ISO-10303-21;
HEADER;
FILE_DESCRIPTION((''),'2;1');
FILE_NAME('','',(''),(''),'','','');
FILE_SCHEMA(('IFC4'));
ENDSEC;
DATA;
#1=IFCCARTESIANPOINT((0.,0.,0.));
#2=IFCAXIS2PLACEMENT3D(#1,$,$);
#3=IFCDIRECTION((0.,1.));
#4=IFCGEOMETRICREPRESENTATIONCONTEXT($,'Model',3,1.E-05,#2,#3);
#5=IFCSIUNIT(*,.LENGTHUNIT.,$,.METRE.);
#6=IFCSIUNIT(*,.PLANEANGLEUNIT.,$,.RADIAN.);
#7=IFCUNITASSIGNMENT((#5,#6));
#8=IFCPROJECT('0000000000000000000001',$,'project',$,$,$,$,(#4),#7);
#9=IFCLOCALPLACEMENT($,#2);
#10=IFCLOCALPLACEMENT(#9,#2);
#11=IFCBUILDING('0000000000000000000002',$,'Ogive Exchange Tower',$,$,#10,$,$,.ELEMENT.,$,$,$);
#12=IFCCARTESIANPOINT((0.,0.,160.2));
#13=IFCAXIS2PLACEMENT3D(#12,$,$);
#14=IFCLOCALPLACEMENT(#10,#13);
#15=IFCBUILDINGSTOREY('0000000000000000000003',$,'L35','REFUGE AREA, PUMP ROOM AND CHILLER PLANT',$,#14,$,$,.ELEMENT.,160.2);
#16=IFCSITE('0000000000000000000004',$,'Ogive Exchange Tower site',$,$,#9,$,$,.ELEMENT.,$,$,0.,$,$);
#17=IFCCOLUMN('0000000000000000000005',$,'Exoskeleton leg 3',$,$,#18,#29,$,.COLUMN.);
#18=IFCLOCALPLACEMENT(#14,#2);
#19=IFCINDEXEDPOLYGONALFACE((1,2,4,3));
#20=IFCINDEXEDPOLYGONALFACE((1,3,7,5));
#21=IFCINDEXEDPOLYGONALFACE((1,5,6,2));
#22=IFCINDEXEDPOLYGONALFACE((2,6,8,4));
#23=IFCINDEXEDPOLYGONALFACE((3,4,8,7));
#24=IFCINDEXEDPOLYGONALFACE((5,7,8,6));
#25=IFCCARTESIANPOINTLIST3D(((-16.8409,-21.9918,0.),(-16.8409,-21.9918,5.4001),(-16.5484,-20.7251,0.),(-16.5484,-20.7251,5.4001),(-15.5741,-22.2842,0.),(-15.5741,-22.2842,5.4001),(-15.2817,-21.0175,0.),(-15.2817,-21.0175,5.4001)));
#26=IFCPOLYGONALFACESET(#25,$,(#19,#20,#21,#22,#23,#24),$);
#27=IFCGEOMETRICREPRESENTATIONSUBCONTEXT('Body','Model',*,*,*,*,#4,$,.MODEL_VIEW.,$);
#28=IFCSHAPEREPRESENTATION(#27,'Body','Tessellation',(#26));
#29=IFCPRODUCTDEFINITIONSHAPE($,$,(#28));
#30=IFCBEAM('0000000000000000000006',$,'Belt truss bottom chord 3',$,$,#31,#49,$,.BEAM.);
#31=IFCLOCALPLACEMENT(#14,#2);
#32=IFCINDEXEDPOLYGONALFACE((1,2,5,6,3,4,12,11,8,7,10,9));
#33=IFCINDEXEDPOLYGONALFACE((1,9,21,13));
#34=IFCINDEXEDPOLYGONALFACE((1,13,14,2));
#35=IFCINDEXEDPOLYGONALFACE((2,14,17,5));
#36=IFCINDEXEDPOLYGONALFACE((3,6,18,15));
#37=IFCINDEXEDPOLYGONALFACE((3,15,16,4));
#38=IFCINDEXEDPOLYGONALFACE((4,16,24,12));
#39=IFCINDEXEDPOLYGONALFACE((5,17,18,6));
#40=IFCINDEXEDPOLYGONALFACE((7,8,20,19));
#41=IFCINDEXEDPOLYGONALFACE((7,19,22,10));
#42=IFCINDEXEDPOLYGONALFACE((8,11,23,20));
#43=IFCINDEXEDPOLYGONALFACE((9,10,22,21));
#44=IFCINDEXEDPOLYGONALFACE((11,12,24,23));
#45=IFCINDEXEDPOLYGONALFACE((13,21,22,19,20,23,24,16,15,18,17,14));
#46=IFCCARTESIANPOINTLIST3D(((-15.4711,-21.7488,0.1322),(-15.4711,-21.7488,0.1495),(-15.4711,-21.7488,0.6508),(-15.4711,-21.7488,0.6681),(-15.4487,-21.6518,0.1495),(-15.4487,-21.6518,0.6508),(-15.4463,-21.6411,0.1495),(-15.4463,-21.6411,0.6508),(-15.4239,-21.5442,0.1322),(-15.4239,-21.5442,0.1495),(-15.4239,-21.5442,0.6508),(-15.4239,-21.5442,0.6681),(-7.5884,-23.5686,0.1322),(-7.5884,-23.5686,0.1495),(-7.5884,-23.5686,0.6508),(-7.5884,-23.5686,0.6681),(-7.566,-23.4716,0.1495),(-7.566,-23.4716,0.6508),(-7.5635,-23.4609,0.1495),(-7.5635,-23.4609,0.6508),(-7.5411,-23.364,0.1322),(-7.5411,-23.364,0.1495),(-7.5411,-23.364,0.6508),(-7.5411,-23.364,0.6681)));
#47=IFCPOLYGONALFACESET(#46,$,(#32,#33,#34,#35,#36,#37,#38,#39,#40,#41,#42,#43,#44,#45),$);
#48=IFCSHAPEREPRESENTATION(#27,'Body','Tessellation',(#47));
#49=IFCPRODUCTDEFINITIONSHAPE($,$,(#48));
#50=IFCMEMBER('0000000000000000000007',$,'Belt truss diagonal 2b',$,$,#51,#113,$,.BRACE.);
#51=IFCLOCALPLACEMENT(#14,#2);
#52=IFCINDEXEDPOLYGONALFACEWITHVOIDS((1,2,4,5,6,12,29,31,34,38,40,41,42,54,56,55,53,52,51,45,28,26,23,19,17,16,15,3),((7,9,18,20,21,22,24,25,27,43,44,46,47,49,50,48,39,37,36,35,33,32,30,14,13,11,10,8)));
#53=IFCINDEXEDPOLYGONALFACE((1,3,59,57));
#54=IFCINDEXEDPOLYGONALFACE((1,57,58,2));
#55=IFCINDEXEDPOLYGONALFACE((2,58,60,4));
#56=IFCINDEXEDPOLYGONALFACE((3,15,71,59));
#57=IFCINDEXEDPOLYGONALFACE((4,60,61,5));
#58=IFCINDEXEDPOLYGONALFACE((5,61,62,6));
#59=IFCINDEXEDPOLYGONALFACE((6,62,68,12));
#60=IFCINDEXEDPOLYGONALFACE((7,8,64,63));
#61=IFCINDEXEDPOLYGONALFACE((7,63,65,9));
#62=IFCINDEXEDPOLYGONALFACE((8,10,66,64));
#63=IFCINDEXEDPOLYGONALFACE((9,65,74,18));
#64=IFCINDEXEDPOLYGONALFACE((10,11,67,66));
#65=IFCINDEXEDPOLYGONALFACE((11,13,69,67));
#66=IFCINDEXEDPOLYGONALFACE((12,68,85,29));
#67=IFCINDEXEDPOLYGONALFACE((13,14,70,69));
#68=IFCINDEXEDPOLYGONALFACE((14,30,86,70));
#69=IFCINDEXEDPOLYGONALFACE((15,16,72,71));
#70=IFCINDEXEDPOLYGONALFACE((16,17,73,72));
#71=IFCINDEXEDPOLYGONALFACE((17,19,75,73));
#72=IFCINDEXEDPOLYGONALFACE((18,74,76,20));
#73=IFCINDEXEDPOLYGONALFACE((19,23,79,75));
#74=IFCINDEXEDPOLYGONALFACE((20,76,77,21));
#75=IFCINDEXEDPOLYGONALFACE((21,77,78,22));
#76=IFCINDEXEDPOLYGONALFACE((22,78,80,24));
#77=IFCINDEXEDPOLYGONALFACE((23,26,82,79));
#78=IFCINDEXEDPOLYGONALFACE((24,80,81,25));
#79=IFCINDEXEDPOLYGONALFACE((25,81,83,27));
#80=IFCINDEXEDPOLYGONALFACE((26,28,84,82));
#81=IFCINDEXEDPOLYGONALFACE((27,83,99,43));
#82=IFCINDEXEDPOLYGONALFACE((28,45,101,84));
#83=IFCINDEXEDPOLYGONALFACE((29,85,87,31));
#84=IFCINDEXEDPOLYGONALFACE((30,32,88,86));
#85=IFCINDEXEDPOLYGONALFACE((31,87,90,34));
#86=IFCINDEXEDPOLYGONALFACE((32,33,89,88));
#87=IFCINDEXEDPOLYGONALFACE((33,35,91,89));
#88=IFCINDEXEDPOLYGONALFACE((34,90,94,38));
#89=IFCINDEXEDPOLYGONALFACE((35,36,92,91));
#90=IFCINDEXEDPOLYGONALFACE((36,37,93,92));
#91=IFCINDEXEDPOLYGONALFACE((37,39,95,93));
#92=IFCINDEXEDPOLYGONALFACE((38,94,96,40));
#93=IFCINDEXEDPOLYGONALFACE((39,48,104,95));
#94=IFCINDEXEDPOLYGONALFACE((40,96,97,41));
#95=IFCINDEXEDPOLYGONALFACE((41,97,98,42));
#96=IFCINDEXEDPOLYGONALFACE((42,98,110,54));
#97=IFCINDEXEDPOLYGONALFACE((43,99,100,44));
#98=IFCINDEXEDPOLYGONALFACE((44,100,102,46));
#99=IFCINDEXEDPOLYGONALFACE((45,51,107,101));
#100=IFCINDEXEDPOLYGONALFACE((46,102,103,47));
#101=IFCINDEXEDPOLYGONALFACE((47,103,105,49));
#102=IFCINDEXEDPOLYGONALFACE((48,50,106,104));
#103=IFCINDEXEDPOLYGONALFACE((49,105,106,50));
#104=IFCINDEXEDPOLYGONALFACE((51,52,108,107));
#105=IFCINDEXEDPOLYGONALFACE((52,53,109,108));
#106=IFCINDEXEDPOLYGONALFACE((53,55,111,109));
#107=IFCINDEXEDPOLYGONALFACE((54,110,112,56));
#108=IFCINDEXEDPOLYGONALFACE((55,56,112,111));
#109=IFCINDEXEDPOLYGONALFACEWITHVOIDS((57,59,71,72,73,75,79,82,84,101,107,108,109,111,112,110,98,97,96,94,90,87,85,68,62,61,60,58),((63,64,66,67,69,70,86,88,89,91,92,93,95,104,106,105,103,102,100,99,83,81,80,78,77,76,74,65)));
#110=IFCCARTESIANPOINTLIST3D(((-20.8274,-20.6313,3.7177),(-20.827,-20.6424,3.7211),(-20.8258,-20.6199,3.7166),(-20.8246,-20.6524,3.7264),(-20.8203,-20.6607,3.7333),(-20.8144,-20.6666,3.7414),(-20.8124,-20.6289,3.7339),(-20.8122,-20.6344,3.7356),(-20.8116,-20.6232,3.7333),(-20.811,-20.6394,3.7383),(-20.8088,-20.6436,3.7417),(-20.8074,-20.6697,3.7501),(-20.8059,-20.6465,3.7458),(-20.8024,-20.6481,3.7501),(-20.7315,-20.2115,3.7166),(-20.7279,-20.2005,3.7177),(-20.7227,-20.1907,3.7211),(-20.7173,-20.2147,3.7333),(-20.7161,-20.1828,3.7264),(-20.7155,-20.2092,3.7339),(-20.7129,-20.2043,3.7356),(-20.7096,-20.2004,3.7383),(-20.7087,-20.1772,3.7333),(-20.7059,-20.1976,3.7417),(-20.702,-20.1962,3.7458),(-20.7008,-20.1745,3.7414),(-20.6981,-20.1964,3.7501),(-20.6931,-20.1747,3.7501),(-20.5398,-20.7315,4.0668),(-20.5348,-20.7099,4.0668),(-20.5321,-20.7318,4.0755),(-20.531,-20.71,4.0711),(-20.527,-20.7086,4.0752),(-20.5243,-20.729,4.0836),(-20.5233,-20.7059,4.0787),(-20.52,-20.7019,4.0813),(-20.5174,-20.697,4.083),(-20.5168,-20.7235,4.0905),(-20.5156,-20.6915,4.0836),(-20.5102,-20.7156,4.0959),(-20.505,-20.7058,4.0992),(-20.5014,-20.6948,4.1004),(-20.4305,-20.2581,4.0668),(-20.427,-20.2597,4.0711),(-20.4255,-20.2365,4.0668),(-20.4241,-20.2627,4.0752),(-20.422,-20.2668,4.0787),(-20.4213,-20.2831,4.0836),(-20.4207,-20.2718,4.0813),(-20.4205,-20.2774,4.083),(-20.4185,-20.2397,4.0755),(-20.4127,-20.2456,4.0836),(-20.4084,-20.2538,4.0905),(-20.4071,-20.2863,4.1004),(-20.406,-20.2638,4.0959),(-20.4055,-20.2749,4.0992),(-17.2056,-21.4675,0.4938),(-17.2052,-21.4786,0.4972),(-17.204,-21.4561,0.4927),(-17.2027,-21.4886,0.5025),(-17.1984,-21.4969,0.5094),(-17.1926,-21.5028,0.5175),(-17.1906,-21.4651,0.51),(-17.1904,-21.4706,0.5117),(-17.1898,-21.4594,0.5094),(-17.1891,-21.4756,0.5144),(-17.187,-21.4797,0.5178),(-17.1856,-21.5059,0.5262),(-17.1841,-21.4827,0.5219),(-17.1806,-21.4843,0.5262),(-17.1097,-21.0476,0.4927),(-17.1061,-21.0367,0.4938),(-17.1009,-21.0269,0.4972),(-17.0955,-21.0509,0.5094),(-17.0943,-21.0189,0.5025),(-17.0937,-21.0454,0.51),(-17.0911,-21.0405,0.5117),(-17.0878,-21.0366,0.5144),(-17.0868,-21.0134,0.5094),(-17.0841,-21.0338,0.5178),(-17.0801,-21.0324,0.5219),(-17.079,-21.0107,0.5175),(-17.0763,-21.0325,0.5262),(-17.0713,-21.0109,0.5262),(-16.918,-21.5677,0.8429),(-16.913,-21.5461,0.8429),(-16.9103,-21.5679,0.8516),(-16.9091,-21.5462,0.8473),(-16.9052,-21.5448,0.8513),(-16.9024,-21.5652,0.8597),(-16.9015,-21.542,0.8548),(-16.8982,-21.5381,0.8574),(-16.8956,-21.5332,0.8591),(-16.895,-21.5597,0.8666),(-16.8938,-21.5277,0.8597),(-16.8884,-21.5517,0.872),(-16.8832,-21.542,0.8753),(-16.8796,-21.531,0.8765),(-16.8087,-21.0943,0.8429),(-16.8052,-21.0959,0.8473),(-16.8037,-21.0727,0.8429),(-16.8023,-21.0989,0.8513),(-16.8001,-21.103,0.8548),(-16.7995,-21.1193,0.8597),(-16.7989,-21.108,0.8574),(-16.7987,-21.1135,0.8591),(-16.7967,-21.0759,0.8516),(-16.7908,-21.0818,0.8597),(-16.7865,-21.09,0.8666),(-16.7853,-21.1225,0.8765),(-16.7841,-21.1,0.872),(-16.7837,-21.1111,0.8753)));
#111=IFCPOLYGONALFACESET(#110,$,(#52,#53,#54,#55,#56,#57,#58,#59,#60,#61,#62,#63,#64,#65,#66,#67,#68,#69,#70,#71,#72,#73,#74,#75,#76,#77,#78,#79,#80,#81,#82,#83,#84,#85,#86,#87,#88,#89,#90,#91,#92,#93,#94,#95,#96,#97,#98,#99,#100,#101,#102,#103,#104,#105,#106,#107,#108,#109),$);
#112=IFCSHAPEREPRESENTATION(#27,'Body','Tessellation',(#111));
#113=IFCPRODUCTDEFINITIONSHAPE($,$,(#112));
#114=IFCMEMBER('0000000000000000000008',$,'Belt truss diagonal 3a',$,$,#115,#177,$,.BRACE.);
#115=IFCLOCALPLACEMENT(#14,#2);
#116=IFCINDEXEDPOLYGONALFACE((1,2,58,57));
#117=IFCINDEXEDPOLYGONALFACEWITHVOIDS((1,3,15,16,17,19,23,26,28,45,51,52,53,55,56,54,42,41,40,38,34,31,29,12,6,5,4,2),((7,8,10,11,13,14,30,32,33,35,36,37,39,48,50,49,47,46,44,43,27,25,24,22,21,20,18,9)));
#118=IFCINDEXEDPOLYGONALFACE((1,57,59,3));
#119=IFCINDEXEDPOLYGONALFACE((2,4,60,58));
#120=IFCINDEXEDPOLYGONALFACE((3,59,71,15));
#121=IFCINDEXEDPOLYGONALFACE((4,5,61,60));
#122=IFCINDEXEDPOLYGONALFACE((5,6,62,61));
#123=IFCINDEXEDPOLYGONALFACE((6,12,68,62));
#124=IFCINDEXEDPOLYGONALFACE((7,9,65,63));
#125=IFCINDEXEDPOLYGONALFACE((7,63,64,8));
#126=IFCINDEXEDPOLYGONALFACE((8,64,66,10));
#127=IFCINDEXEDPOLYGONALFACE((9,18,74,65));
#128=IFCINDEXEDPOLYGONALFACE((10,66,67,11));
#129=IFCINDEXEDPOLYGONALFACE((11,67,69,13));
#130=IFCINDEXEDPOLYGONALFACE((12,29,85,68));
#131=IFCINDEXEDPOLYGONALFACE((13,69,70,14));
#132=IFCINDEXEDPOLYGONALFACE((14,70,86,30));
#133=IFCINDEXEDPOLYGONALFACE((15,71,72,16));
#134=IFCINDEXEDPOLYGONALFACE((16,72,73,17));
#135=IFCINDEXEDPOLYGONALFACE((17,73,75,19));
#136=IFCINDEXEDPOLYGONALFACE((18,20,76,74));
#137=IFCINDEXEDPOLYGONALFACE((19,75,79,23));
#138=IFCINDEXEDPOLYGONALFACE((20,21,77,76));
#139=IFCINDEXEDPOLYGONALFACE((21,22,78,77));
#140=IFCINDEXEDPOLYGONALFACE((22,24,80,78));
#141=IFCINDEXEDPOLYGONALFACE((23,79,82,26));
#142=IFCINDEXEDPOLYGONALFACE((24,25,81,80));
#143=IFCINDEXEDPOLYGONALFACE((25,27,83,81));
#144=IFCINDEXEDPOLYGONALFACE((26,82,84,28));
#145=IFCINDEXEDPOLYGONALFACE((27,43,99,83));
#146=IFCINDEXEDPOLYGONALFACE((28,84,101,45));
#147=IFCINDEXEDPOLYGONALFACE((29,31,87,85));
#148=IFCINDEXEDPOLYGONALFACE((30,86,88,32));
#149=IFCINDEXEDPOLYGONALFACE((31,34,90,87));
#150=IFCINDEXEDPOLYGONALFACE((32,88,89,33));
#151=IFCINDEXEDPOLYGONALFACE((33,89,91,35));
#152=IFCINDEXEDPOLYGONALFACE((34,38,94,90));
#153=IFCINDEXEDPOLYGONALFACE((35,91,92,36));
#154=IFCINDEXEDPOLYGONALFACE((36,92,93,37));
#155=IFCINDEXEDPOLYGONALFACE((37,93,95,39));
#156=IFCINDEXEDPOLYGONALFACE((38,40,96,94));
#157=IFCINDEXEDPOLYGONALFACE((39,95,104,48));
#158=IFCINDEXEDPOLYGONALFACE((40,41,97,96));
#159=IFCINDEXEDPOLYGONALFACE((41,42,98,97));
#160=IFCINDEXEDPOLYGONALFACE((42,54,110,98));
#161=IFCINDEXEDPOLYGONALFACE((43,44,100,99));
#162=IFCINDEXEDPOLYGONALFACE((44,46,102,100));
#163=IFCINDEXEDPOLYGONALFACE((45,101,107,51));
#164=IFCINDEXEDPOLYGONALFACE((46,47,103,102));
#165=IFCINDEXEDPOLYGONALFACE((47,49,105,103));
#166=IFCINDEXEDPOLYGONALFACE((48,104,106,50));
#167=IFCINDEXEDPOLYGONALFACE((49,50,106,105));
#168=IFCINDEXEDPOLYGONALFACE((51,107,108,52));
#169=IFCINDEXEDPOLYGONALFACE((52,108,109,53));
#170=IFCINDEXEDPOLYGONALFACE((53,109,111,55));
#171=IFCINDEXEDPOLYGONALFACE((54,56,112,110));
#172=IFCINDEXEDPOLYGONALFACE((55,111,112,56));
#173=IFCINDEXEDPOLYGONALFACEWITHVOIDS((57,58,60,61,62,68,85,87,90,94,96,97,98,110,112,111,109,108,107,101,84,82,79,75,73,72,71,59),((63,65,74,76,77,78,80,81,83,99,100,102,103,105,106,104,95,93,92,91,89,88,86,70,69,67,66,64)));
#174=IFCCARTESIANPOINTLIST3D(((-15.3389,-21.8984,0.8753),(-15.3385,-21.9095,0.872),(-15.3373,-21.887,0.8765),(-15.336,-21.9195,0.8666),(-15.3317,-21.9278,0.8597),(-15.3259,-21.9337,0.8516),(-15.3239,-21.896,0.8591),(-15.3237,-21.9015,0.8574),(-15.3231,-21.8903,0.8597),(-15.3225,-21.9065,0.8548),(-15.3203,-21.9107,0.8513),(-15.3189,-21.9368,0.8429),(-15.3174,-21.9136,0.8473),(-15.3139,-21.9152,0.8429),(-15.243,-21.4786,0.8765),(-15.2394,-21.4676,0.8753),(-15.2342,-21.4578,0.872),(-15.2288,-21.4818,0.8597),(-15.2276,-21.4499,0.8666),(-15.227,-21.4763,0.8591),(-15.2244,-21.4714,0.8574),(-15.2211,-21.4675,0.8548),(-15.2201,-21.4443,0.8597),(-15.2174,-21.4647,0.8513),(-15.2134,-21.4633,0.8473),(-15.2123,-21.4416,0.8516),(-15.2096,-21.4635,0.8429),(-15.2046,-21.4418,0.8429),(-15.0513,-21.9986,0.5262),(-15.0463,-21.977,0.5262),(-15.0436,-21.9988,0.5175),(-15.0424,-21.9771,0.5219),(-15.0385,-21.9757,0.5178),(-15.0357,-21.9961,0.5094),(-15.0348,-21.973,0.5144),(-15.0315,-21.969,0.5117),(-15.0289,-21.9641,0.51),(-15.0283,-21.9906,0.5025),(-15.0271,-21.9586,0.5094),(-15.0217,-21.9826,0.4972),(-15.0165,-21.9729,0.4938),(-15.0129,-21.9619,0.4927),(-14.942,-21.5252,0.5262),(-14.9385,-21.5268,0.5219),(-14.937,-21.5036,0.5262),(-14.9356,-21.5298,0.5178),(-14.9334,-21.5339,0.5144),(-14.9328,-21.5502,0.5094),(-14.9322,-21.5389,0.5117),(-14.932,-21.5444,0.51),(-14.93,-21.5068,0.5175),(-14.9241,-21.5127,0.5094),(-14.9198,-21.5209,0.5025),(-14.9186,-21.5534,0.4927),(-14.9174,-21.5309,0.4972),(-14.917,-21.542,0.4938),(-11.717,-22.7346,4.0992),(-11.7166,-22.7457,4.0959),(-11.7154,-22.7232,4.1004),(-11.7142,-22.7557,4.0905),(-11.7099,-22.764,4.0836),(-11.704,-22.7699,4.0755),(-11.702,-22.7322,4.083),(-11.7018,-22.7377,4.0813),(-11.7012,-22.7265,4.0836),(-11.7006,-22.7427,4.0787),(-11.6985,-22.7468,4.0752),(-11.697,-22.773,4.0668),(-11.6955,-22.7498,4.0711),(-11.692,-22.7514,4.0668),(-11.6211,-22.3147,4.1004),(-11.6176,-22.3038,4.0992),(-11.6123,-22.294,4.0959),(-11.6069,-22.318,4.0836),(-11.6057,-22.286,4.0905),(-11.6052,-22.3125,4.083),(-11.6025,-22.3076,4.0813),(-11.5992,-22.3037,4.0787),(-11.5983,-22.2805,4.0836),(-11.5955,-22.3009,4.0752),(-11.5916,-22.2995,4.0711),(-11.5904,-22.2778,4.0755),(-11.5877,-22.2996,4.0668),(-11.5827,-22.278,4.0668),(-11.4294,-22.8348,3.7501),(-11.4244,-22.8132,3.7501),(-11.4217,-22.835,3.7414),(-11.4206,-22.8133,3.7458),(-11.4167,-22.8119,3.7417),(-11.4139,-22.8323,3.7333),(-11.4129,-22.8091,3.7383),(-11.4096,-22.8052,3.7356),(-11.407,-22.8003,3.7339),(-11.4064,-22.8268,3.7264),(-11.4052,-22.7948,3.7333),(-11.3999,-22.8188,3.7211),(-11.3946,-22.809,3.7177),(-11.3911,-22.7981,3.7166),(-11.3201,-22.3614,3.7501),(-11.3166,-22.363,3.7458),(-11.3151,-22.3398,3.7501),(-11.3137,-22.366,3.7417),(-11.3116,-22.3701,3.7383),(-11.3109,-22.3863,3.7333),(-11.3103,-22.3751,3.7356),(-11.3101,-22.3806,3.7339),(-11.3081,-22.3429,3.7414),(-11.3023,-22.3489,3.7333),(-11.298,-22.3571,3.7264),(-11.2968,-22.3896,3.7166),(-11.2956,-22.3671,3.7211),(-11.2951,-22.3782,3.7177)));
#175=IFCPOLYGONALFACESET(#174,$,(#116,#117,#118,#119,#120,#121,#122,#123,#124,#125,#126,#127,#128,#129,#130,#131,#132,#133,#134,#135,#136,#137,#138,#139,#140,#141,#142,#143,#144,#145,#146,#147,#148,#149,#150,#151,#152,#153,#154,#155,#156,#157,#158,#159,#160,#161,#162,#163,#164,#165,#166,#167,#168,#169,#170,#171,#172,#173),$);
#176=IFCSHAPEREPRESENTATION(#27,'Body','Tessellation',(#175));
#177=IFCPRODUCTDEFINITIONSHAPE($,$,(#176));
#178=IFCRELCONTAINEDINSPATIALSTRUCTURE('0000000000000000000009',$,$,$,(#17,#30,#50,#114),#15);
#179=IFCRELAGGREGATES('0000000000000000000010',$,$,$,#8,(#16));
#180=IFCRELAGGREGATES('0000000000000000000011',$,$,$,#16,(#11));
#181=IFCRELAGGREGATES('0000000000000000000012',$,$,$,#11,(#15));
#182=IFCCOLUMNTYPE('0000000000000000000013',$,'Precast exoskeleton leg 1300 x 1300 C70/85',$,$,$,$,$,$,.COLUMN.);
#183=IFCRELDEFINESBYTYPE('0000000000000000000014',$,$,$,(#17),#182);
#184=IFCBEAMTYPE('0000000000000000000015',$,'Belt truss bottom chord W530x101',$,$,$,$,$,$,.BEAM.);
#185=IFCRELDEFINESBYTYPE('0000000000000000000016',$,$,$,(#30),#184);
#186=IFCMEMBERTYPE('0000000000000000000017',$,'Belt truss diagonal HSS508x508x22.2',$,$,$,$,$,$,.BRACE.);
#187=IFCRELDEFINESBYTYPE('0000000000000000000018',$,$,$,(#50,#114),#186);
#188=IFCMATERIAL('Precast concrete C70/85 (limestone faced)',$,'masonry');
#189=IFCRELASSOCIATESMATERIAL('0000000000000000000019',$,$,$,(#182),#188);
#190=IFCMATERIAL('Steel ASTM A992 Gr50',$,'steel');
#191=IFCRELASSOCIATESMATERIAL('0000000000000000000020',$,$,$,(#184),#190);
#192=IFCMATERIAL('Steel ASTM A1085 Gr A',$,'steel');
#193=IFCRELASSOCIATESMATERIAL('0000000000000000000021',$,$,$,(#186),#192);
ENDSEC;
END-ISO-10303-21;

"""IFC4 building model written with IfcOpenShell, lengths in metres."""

from ifc_helpers import new_model, si_unit, direction, frame, origin, origin_2d, place, context, subcontext, project, spatial, rectangle, hollow_rectangle, i_section, extrude, material, material_profile, profile_set, type_object, element, save


model = new_model("IFC4")

# Units and contexts
model_context = context("Model", 3, precision=1e-05, world=origin(), true_north=direction((0.0, 1.0)))
body_context = subcontext(model_context, "Body", "Model", "MODEL_VIEW")
ifc_project = project(units=[si_unit("LENGTHUNIT", "METRE"), si_unit("PLANEANGLEUNIT", "RADIAN")], contexts=[model_context])

# Site, building, storey
site_placement = place(None, origin())
site = spatial("IfcSite", under=ifc_project, at=site_placement, Name="Ogive Exchange Tower site", CompositionType="ELEMENT", RefElevation=0.0)
building_placement = place(site_placement, origin())
building = spatial("IfcBuilding", under=site, at=building_placement, Name="Ogive Exchange Tower", CompositionType="ELEMENT")
storey_placement = place(building_placement, frame((0.0, 0.0, 160.2)))
storey = spatial("IfcBuildingStorey", under=building, at=storey_placement, Name="L35", Description="REFUGE AREA, PUMP ROOM AND CHILLER PLANT", CompositionType="ELEMENT", Elevation=160.2)

# Column
ifc_material_1 = material(Name="Precast concrete C70/85 (limestone faced)", Category="masonry")
ifc_material_profile_1 = material_profile(ifc_material_1, rectangle(XDim=1.3, YDim=1.3, at=origin_2d()), Name="1300 x 1300")
ifc_profile_set_1 = profile_set([ifc_material_profile_1], Name="Precast concrete C70/85 (limestone faced)")
column_type = type_object("IfcColumnType", Name="Precast exoskeleton leg 1300 x 1300 C70/85", PredefinedType="COLUMN", material=ifc_profile_set_1)
column_placement = place(storey_placement, frame((-16.0613, -21.5046, 0.0), z_axis=(0.0, 0.0, 1.0), x_axis=(0.97437, -0.224951, 0.0)))
element("IfcColumn", 1, at=column_placement, inside=storey, type_object=column_type, Name="Exoskeleton leg 3", PredefinedType="COLUMN", context=body_context, shape_type="SweptSolid", body=[
    extrude(rectangle(XDim=1.3, YDim=1.3, at=origin_2d()), origin(), (0.0, 0.0, 1.0), 5.4001),
])

# Beam
ifc_material_2 = material(Name="Steel ASTM A992 Gr50", Category="steel")
ifc_material_profile_2 = material_profile(ifc_material_2, i_section(OverallWidth=0.21, OverallDepth=0.5359, WebThickness=0.011, FlangeThickness=0.0173, at=origin_2d()), Name="W530x101")
ifc_profile_set_2 = profile_set([ifc_material_profile_2], Name="Steel ASTM A992 Gr50")
beam_type_1 = type_object("IfcBeamType", Name="Belt truss bottom chord W530x101", PredefinedType="BEAM", material=ifc_profile_set_2)
beam_1_placement = place(storey_placement, frame((-15.4475, -21.6465, 0.4001), z_axis=(0.974372, -0.224943, 0.0), x_axis=(0.224943, 0.974372, 0.0)))
element("IfcBeam", 2, at=beam_1_placement, inside=storey, type_object=beam_type_1, Name="Belt truss bottom chord 3", PredefinedType="BEAM", context=body_context, shape_type="SweptSolid", body=[
    extrude(i_section(OverallWidth=0.21, OverallDepth=0.5359, WebThickness=0.011, FlangeThickness=0.0173, at=origin_2d()), origin(), (0.0, 0.0, 1.0), 8.0901),
])

# Members
ifc_material_3 = material(Name="Steel ASTM A1085 Gr A", Category="steel")
ifc_material_profile_3 = material_profile(ifc_material_3, hollow_rectangle(XDim=0.5081, YDim=0.5081, WallThickness=0.0222, InnerFilletRadius=0.0222, OuterFilletRadius=0.0444, at=origin_2d()), Name="HSS508x508x22.2")
ifc_profile_set_3 = profile_set([ifc_material_profile_3], Name="Steel ASTM A1085 Gr A")
member_type_1 = type_object("IfcMemberType", Name="Belt truss diagonal HSS508x508x22.2", PredefinedType="BRACE", material=ifc_profile_set_3)
for number, where, z_axis, x_axis, name in (
    (3, (-16.9946, -21.2893, 0.6846), (-0.736086, 0.169942, 0.655208), (-0.224955, -0.974369, 0.0), "Belt truss diagonal 2b"),
    (4, (-15.1279, -21.7202, 0.6846), (0.736086, -0.169942, 0.655208), (0.224955, 0.974369, 0.0), "Belt truss diagonal 3a"),
):
    element("IfcMember", number, at=place(storey_placement, frame(where, z_axis=z_axis, x_axis=x_axis)), inside=storey, type_object=member_type_1, Name=name, PredefinedType="BRACE", context=body_context, shape_type="SweptSolid", body=[
        extrude(hollow_rectangle(XDim=0.5081, YDim=0.5081, WallThickness=0.0222, InnerFilletRadius=0.0222, OuterFilletRadius=0.0444, at=origin_2d()), origin(), (0.0, 0.0, 1.0), 4.9204),
    ])

save(model, "model.ifc")
